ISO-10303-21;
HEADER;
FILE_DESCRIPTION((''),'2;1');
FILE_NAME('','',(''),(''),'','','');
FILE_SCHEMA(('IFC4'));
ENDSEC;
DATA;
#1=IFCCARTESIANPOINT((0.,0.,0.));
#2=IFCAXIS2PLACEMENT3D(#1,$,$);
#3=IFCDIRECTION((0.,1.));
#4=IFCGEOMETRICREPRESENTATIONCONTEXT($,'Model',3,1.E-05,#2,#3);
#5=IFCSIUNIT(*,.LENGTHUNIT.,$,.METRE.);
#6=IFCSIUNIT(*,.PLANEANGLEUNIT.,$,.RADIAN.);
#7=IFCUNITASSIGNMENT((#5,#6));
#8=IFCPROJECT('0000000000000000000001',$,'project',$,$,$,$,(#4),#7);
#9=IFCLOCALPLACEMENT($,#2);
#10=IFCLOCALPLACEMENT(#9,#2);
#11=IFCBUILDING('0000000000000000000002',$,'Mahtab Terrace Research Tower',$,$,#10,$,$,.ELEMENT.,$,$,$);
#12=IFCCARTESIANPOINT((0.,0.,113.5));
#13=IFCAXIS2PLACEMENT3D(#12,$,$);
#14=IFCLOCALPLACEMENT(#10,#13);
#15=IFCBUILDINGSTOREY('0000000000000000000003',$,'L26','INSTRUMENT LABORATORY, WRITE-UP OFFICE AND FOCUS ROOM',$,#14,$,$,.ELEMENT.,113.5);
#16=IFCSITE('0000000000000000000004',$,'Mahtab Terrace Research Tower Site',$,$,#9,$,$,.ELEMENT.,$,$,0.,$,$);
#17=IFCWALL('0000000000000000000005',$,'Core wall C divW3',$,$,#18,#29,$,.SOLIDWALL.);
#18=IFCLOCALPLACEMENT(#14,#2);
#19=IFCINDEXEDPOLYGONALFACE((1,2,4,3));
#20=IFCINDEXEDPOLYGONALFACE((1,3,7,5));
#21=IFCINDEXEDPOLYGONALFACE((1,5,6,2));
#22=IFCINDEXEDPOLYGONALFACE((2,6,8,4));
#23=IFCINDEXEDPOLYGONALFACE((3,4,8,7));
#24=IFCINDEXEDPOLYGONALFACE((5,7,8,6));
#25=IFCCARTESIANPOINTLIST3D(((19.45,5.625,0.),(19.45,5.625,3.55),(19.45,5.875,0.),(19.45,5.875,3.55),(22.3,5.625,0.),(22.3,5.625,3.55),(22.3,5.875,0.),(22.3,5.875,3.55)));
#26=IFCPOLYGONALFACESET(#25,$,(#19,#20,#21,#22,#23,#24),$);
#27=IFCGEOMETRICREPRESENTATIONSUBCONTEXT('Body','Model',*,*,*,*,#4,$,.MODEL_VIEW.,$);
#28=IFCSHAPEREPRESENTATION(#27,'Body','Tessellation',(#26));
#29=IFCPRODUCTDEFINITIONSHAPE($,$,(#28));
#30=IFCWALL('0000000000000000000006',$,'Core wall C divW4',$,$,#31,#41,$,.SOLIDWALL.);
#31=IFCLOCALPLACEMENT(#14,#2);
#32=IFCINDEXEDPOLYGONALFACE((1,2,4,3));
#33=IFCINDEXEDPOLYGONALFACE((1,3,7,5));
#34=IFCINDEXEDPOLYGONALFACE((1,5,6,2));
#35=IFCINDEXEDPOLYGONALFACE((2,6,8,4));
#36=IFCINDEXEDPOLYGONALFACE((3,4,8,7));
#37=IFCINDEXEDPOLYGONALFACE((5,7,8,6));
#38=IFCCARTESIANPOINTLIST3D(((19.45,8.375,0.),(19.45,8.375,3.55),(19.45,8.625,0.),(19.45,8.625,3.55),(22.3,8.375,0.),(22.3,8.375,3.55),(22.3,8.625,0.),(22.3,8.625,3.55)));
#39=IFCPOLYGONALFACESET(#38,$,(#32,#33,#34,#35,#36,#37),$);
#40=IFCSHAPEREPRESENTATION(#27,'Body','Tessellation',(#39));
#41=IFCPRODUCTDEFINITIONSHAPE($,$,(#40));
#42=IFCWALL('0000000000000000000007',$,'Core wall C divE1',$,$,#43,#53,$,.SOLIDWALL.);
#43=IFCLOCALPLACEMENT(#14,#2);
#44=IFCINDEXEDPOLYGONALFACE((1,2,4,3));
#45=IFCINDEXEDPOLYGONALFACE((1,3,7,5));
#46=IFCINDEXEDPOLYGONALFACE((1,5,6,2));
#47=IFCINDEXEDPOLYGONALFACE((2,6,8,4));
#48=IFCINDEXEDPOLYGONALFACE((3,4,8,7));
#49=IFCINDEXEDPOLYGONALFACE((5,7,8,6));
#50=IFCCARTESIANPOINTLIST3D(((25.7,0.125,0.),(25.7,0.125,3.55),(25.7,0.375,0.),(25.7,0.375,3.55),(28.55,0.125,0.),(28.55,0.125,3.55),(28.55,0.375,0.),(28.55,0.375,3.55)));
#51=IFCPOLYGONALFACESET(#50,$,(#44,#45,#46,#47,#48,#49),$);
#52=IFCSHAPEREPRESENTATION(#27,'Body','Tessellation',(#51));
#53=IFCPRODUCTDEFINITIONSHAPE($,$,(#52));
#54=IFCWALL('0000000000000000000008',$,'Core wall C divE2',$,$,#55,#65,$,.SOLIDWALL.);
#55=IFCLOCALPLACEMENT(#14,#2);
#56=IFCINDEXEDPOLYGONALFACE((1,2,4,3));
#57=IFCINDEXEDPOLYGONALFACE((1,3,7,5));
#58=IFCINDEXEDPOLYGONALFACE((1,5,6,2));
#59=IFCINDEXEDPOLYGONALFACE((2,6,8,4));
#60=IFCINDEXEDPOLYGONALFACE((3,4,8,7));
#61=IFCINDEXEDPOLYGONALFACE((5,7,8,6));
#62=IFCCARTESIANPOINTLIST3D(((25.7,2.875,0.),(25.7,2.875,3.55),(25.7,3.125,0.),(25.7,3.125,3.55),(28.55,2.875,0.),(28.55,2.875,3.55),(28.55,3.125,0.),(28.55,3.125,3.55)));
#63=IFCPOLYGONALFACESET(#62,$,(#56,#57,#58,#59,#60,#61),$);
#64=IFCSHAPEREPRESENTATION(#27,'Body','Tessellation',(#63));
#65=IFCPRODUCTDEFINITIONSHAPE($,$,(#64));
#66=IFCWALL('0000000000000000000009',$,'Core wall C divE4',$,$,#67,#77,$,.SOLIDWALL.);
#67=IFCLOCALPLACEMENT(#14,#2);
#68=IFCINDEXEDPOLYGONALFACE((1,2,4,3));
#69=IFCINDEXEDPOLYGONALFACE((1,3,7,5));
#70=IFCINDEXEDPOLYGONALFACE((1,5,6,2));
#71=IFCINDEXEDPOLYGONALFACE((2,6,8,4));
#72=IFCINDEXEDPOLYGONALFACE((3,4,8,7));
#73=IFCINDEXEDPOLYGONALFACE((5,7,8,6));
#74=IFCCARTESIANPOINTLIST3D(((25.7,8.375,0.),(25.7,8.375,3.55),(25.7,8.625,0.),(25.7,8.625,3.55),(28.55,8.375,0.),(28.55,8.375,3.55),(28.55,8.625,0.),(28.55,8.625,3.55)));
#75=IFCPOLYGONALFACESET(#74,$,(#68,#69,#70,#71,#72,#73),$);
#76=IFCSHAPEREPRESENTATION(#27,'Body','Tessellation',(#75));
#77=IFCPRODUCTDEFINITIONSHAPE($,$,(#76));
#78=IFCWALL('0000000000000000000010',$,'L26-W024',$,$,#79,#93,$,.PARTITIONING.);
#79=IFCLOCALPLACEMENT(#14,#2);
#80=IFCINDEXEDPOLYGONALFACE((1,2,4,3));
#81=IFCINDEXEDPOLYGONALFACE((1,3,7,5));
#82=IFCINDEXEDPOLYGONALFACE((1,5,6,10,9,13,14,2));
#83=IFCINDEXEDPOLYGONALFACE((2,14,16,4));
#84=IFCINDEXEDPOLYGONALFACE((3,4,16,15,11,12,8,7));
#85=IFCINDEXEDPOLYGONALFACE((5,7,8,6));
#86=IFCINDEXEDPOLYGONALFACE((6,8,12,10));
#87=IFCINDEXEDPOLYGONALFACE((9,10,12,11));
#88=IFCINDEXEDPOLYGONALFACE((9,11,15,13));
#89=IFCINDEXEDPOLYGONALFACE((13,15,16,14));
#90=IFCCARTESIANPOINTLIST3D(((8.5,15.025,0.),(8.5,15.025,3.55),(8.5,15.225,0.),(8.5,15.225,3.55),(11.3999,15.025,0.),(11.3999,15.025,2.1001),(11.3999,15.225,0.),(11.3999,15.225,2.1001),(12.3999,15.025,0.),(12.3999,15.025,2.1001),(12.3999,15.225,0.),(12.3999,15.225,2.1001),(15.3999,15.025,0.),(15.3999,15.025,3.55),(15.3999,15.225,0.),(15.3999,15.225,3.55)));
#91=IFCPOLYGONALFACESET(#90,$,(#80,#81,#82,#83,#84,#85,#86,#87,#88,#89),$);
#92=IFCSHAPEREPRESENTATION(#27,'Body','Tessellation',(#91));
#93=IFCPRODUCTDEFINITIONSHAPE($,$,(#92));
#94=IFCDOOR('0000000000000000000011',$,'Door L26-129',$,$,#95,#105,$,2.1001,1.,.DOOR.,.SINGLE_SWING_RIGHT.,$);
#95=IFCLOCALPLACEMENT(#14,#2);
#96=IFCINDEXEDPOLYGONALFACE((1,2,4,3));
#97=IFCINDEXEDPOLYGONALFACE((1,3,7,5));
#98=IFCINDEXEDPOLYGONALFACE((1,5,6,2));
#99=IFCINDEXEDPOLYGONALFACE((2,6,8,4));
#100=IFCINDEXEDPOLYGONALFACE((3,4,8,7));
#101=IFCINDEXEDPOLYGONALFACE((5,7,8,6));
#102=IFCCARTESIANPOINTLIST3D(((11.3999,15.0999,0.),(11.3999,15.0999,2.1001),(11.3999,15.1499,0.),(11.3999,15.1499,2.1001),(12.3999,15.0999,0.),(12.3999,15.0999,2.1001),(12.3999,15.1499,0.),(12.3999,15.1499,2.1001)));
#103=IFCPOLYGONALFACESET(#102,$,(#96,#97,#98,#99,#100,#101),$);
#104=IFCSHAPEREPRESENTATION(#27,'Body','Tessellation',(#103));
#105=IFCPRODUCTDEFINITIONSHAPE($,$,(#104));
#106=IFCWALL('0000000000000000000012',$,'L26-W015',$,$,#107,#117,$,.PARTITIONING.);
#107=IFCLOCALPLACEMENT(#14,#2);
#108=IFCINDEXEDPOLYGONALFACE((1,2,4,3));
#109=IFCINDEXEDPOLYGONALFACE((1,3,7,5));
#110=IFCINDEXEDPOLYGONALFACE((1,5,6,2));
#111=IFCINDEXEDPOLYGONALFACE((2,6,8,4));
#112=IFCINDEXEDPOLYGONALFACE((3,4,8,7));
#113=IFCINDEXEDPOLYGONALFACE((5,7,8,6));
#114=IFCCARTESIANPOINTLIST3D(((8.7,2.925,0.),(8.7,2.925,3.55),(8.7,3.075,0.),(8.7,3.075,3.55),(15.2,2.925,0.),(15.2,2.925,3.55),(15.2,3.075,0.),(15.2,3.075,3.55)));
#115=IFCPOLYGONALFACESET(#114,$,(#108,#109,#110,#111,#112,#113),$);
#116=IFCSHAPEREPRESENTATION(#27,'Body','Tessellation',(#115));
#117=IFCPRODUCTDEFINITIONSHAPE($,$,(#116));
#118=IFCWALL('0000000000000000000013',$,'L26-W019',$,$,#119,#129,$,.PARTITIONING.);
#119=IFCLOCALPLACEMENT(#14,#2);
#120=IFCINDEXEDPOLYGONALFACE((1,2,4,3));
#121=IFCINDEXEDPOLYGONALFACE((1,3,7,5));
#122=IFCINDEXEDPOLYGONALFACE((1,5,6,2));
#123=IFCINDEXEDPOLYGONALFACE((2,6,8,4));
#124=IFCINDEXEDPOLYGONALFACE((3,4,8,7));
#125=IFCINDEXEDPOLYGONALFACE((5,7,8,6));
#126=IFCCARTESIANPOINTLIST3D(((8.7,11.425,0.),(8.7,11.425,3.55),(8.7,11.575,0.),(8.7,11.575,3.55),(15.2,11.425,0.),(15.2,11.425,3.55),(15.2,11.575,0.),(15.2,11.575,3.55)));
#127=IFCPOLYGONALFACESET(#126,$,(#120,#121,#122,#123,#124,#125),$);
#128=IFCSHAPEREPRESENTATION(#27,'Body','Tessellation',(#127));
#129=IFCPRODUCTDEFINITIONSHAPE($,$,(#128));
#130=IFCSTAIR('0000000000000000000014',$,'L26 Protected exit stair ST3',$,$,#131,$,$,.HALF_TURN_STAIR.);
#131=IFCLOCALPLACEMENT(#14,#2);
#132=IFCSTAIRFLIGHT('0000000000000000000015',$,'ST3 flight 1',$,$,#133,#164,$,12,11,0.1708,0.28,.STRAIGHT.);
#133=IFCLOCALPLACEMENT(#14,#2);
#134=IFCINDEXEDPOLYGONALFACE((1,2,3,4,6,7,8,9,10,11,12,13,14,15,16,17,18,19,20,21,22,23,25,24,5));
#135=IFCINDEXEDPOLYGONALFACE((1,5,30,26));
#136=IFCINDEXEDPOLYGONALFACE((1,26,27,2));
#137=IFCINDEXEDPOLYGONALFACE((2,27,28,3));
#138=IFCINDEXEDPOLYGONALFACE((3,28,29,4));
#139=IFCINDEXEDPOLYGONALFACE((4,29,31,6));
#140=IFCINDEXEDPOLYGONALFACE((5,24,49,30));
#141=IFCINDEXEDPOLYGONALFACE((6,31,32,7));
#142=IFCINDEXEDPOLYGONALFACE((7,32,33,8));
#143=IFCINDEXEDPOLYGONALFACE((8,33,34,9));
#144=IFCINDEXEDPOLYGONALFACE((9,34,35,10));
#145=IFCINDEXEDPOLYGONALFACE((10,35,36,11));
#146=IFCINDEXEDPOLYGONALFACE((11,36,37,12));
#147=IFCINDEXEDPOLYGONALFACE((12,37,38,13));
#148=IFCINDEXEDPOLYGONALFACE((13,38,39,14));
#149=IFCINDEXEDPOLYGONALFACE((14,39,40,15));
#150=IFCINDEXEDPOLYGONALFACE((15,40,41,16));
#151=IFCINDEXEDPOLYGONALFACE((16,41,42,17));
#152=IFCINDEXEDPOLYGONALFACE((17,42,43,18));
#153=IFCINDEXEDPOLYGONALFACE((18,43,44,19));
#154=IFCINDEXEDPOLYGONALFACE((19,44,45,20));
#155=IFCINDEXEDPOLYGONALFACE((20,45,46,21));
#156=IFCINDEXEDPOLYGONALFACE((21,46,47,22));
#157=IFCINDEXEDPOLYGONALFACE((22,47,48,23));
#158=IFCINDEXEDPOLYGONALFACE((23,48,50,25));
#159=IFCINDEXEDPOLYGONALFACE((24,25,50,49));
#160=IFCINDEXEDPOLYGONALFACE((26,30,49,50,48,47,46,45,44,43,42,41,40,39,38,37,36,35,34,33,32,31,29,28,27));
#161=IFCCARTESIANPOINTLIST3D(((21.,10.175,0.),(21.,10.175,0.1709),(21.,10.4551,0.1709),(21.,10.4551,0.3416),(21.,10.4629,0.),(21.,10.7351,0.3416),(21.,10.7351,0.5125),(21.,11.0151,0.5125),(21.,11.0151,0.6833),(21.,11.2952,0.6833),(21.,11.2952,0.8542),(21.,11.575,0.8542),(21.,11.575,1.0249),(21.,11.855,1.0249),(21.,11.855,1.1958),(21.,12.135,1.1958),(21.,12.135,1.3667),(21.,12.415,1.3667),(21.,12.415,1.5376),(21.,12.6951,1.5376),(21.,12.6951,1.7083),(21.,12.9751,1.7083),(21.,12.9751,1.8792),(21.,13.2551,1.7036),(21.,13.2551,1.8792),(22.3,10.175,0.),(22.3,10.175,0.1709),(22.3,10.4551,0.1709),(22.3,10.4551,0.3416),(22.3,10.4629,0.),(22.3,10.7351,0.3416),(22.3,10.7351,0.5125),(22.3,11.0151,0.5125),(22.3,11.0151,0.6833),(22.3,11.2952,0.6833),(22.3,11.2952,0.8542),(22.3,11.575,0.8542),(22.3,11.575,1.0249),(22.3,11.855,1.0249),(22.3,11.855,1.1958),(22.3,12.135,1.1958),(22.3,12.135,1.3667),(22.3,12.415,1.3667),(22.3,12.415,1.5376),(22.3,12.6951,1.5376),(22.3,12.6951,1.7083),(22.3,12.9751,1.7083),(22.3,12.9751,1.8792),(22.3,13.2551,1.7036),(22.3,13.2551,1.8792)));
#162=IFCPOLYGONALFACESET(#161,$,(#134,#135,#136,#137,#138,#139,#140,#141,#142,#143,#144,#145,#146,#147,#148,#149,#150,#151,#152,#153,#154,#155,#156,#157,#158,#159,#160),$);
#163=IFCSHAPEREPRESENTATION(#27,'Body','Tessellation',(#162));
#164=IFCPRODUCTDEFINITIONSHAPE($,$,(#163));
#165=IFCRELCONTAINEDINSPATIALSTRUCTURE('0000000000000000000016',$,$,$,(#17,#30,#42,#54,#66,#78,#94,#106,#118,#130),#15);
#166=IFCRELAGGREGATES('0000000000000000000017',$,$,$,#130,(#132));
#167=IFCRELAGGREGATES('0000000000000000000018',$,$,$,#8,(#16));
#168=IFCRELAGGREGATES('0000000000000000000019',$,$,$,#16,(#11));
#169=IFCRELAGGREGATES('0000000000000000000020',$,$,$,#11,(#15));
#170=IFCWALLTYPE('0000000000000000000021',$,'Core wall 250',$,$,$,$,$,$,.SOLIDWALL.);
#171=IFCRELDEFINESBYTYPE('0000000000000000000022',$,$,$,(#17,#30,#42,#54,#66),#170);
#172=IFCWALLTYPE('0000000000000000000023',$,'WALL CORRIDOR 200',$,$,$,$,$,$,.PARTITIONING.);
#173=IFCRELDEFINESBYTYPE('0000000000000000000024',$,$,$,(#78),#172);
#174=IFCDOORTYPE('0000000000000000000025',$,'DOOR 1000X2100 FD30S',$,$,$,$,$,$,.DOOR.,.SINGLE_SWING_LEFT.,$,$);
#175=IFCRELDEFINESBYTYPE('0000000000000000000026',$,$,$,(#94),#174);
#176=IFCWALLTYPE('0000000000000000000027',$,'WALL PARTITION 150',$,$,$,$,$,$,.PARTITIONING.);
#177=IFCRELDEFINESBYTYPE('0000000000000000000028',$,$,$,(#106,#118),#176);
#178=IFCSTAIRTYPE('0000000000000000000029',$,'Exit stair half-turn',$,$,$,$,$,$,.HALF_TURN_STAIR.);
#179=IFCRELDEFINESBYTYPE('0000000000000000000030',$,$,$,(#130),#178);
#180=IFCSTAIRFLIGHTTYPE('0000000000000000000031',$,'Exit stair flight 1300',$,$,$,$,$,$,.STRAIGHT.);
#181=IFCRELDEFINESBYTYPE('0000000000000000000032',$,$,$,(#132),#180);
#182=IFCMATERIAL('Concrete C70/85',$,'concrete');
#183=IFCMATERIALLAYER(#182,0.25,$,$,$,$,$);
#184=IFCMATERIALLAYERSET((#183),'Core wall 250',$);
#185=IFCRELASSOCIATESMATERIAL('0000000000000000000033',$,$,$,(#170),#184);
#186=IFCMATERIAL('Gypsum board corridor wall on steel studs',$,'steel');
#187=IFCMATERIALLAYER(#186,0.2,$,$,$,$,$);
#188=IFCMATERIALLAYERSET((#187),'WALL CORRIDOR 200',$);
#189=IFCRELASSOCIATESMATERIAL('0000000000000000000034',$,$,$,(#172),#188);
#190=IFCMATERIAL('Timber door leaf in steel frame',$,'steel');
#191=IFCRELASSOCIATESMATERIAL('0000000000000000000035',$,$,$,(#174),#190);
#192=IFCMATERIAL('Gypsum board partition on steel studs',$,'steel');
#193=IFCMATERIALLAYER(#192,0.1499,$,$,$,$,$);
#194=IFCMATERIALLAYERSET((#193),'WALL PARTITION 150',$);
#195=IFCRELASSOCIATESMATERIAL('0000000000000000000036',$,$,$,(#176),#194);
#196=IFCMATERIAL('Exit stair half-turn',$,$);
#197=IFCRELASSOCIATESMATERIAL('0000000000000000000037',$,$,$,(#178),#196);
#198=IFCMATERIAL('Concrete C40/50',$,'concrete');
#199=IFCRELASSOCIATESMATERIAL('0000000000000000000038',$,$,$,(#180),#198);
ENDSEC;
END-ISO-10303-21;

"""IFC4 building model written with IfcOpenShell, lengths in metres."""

from ifc_helpers import new_model, si_unit, direction, frame, frame_2d, origin, place, context, subcontext, project, spatial, polyline, rectangle, outline, extrude, material, layer, layer_set, type_object, element, fill, aggregate, save


model = new_model("IFC4")

# Units and contexts
model_context = context("Model", 3, precision=1e-05, world=origin(), true_north=direction((0.0, 1.0)))
body_context = subcontext(model_context, "Body", "Model", "MODEL_VIEW")
ifc_project = project(units=[si_unit("LENGTHUNIT", "METRE"), si_unit("PLANEANGLEUNIT", "RADIAN")], contexts=[model_context])

# Site, building, storey
site_placement = place(None, origin())
site = spatial("IfcSite", under=ifc_project, at=site_placement, Name="Mahtab Terrace Research Tower Site", CompositionType="ELEMENT", RefElevation=0.0)
building_placement = place(site_placement, origin())
building = spatial("IfcBuilding", under=site, at=building_placement, Name="Mahtab Terrace Research Tower", CompositionType="ELEMENT")
storey_placement = place(building_placement, frame((0.0, 0.0, 113.5)))
storey = spatial("IfcBuildingStorey", under=building, at=storey_placement, Name="L26", Description="INSTRUMENT LABORATORY, WRITE-UP OFFICE AND FOCUS ROOM", CompositionType="ELEMENT", Elevation=113.5)

# Shared definitions
ifc_material_1 = material(Name="Concrete C70/85", Category="concrete")

# Shared definitions
ifc_layer_1 = layer(ifc_material_1, 0.25)
ifc_layer_set_1 = layer_set([ifc_layer_1], Name="Core wall 250")
wall_type_1 = type_object("IfcWallType", Name="Core wall 250", PredefinedType="SOLIDWALL", material=ifc_layer_set_1)

# Walls
for number, where, z_axis, x_axis, name in (
    (1, (19.45, 5.75, 0.0), (0.0, 0.0, 1.0), (1.0, 0.0, 0.0), "Core wall C divW3"),
    (2, (19.45, 8.5, 0.0), (0.0, 0.0, 1.0), (1.0, 0.0, 0.0), "Core wall C divW4"),
    (3, (25.7, 0.25, 0.0), (0.0, 0.0, 1.0), (1.0, 0.0, 0.0), "Core wall C divE1"),
    (4, (25.7, 3.0, 0.0), (0.0, 0.0, 1.0), (1.0, 0.0, 0.0), "Core wall C divE2"),
    (5, (25.7, 8.5, 0.0), (0.0, 0.0, 1.0), (1.0, 0.0, 0.0), "Core wall C divE4"),
):
    element("IfcWall", number, at=place(storey_placement, frame(where, z_axis=z_axis, x_axis=x_axis)), inside=storey, type_object=wall_type_1, Name=name, PredefinedType="SOLIDWALL", context=body_context, shape_type="SweptSolid", body=[
        extrude(rectangle(XDim=2.8501, YDim=0.25, at=frame_2d((1.425, 0.0))), origin(), (0.0, 0.0, 1.0), 3.55),
    ])

# Wall, opening, door
ifc_material_2 = material(Name="Gypsum board corridor wall on steel studs", Category="steel")
ifc_layer_2 = layer(ifc_material_2, 0.2)
ifc_layer_set_2 = layer_set([ifc_layer_2], Name="WALL CORRIDOR 200")
wall_type_2 = type_object("IfcWallType", Name="WALL CORRIDOR 200", PredefinedType="PARTITIONING", material=ifc_layer_set_2)
wall_1_placement = place(storey_placement, frame((8.5, 15.125, 0.0), z_axis=(0.0, 0.0, 1.0), x_axis=(1.0, 0.0, 0.0)))
wall_1 = element("IfcWall", 6, at=wall_1_placement, inside=storey, type_object=wall_type_2, Name="L26-W024", PredefinedType="PARTITIONING", context=body_context, shape_type="SweptSolid", body=[
    extrude(rectangle(XDim=6.8999, YDim=0.2, at=frame_2d((3.45, 0.0))), origin(), (0.0, 0.0, 1.0), 3.55),
])
opening_1_placement = place(wall_1_placement, frame((2.8999, 0.0, 0.0)))
opening_1 = element("IfcOpeningElement", 7, at=opening_1_placement, cuts=wall_1, PredefinedType="OPENING", context=body_context, shape_type="SweptSolid", body=[
    extrude(rectangle(XDim=1.0, YDim=2.1001, at=frame_2d((0.5, 1.05))), frame((0.0, 0.1099, 0.0), z_axis=(0.0, -1.0, 0.0), x_axis=(1.0, 0.0, 0.0)), (0.0, 0.0, 1.0), 0.22),
])
ifc_material_3 = material(Name="Timber door leaf in steel frame", Category="steel")
door_type_1 = type_object("IfcDoorType", Name="DOOR 1000X2100 FD30S", OperationType="SINGLE_SWING_LEFT", PredefinedType="DOOR", material=ifc_material_3)
door_1_placement = place(opening_1_placement, origin())
door_1 = element("IfcDoor", 8, at=door_1_placement, inside=storey, type_object=door_type_1, Name="Door L26-129", OperationType="SINGLE_SWING_RIGHT", OverallHeight=2.1001, OverallWidth=1.0, PredefinedType="DOOR", context=body_context, shape_type="SweptSolid", body=[
    extrude(rectangle(XDim=1.0, YDim=2.1001, at=frame_2d((0.5, 1.05))), frame((0.0, 0.0249, 0.0), z_axis=(0.0, -1.0, 0.0), x_axis=(1.0, 0.0, 0.0)), (0.0, 0.0, 1.0), 0.05),
])
fill(opening_1, door_1)

# Walls
ifc_material_4 = material(Name="Gypsum board partition on steel studs", Category="steel")
ifc_layer_3 = layer(ifc_material_4, 0.1499)
ifc_layer_set_3 = layer_set([ifc_layer_3], Name="WALL PARTITION 150")
wall_type_3 = type_object("IfcWallType", Name="WALL PARTITION 150", PredefinedType="PARTITIONING", material=ifc_layer_set_3)
for number, where, z_axis, x_axis, name in (
    (9, (8.7, 3.0, 0.0), (0.0, 0.0, 1.0), (1.0, 0.0, 0.0), "L26-W015"),
    (10, (8.7, 11.5, 0.0), (0.0, 0.0, 1.0), (1.0, 0.0, 0.0), "L26-W019"),
):
    element("IfcWall", number, at=place(storey_placement, frame(where, z_axis=z_axis, x_axis=x_axis)), inside=storey, type_object=wall_type_3, Name=name, PredefinedType="PARTITIONING", context=body_context, shape_type="SweptSolid", body=[
        extrude(rectangle(XDim=6.5, YDim=0.1499, at=frame_2d((3.25, 0.0))), origin(), (0.0, 0.0, 1.0), 3.55),
    ])

# Stair, stair flight
ifc_material_5 = material(Name="Exit stair half-turn")
stair_type = type_object("IfcStairType", Name="Exit stair half-turn", PredefinedType="HALF_TURN_STAIR", material=ifc_material_5)
stair_placement = place(storey_placement, origin())
stair = element("IfcStair", 11, at=stair_placement, inside=storey, type_object=stair_type, Name="L26 Protected exit stair ST3", PredefinedType="HALF_TURN_STAIR")
ifc_material_6 = material(Name="Concrete C40/50", Category="concrete")
stair_flight_type = type_object("IfcStairFlightType", Name="Exit stair flight 1300", PredefinedType="STRAIGHT", material=ifc_material_6)
stair_flight_1_placement = place(storey_placement, frame((21.6499, 10.175, 0.0), z_axis=(0.0, 0.0, 1.0), x_axis=(0.0, 1.0, 0.0)))
stair_flight_1 = element("IfcStairFlight", 12, at=stair_flight_1_placement, type_object=stair_flight_type, Name="ST3 flight 1", NumberOfRisers=12, NumberOfTreads=11, PredefinedType="STRAIGHT", RiserHeight=0.1708, TreadLength=0.28, context=body_context, shape_type="SweptSolid", body=[
    extrude(outline(polyline([(0.0, 0.0), (0.0, 0.1709), (0.28, 0.1709), (0.28, 0.3416), (0.5601, 0.3416), (0.5601, 0.5125), (0.8401, 0.5125), (0.8401, 0.6833), (1.1201, 0.6833), (1.1201, 0.8542), (1.3999, 0.8542), (1.3999, 1.0249), (1.6799, 1.0249), (1.6799, 1.1958), (1.96, 1.1958), (1.96, 1.3667), (2.24, 1.3667), (2.24, 1.5376), (2.52, 1.5376), (2.52, 1.7083), (2.8, 1.7083), (2.8, 1.8792), (3.0801, 1.8792), (3.0801, 2.05), (3.0801, 1.7036), (0.2878, 0.0), (0.0, 0.0)])), frame((0.0, 0.6499, 0.0), z_axis=(0.0, -1.0, 0.0), x_axis=(1.0, 0.0, 0.0)), (0.0, 0.0, 1.0), 1.3),
])
aggregate(stair, [stair_flight_1])

save(model, "model.ifc")
